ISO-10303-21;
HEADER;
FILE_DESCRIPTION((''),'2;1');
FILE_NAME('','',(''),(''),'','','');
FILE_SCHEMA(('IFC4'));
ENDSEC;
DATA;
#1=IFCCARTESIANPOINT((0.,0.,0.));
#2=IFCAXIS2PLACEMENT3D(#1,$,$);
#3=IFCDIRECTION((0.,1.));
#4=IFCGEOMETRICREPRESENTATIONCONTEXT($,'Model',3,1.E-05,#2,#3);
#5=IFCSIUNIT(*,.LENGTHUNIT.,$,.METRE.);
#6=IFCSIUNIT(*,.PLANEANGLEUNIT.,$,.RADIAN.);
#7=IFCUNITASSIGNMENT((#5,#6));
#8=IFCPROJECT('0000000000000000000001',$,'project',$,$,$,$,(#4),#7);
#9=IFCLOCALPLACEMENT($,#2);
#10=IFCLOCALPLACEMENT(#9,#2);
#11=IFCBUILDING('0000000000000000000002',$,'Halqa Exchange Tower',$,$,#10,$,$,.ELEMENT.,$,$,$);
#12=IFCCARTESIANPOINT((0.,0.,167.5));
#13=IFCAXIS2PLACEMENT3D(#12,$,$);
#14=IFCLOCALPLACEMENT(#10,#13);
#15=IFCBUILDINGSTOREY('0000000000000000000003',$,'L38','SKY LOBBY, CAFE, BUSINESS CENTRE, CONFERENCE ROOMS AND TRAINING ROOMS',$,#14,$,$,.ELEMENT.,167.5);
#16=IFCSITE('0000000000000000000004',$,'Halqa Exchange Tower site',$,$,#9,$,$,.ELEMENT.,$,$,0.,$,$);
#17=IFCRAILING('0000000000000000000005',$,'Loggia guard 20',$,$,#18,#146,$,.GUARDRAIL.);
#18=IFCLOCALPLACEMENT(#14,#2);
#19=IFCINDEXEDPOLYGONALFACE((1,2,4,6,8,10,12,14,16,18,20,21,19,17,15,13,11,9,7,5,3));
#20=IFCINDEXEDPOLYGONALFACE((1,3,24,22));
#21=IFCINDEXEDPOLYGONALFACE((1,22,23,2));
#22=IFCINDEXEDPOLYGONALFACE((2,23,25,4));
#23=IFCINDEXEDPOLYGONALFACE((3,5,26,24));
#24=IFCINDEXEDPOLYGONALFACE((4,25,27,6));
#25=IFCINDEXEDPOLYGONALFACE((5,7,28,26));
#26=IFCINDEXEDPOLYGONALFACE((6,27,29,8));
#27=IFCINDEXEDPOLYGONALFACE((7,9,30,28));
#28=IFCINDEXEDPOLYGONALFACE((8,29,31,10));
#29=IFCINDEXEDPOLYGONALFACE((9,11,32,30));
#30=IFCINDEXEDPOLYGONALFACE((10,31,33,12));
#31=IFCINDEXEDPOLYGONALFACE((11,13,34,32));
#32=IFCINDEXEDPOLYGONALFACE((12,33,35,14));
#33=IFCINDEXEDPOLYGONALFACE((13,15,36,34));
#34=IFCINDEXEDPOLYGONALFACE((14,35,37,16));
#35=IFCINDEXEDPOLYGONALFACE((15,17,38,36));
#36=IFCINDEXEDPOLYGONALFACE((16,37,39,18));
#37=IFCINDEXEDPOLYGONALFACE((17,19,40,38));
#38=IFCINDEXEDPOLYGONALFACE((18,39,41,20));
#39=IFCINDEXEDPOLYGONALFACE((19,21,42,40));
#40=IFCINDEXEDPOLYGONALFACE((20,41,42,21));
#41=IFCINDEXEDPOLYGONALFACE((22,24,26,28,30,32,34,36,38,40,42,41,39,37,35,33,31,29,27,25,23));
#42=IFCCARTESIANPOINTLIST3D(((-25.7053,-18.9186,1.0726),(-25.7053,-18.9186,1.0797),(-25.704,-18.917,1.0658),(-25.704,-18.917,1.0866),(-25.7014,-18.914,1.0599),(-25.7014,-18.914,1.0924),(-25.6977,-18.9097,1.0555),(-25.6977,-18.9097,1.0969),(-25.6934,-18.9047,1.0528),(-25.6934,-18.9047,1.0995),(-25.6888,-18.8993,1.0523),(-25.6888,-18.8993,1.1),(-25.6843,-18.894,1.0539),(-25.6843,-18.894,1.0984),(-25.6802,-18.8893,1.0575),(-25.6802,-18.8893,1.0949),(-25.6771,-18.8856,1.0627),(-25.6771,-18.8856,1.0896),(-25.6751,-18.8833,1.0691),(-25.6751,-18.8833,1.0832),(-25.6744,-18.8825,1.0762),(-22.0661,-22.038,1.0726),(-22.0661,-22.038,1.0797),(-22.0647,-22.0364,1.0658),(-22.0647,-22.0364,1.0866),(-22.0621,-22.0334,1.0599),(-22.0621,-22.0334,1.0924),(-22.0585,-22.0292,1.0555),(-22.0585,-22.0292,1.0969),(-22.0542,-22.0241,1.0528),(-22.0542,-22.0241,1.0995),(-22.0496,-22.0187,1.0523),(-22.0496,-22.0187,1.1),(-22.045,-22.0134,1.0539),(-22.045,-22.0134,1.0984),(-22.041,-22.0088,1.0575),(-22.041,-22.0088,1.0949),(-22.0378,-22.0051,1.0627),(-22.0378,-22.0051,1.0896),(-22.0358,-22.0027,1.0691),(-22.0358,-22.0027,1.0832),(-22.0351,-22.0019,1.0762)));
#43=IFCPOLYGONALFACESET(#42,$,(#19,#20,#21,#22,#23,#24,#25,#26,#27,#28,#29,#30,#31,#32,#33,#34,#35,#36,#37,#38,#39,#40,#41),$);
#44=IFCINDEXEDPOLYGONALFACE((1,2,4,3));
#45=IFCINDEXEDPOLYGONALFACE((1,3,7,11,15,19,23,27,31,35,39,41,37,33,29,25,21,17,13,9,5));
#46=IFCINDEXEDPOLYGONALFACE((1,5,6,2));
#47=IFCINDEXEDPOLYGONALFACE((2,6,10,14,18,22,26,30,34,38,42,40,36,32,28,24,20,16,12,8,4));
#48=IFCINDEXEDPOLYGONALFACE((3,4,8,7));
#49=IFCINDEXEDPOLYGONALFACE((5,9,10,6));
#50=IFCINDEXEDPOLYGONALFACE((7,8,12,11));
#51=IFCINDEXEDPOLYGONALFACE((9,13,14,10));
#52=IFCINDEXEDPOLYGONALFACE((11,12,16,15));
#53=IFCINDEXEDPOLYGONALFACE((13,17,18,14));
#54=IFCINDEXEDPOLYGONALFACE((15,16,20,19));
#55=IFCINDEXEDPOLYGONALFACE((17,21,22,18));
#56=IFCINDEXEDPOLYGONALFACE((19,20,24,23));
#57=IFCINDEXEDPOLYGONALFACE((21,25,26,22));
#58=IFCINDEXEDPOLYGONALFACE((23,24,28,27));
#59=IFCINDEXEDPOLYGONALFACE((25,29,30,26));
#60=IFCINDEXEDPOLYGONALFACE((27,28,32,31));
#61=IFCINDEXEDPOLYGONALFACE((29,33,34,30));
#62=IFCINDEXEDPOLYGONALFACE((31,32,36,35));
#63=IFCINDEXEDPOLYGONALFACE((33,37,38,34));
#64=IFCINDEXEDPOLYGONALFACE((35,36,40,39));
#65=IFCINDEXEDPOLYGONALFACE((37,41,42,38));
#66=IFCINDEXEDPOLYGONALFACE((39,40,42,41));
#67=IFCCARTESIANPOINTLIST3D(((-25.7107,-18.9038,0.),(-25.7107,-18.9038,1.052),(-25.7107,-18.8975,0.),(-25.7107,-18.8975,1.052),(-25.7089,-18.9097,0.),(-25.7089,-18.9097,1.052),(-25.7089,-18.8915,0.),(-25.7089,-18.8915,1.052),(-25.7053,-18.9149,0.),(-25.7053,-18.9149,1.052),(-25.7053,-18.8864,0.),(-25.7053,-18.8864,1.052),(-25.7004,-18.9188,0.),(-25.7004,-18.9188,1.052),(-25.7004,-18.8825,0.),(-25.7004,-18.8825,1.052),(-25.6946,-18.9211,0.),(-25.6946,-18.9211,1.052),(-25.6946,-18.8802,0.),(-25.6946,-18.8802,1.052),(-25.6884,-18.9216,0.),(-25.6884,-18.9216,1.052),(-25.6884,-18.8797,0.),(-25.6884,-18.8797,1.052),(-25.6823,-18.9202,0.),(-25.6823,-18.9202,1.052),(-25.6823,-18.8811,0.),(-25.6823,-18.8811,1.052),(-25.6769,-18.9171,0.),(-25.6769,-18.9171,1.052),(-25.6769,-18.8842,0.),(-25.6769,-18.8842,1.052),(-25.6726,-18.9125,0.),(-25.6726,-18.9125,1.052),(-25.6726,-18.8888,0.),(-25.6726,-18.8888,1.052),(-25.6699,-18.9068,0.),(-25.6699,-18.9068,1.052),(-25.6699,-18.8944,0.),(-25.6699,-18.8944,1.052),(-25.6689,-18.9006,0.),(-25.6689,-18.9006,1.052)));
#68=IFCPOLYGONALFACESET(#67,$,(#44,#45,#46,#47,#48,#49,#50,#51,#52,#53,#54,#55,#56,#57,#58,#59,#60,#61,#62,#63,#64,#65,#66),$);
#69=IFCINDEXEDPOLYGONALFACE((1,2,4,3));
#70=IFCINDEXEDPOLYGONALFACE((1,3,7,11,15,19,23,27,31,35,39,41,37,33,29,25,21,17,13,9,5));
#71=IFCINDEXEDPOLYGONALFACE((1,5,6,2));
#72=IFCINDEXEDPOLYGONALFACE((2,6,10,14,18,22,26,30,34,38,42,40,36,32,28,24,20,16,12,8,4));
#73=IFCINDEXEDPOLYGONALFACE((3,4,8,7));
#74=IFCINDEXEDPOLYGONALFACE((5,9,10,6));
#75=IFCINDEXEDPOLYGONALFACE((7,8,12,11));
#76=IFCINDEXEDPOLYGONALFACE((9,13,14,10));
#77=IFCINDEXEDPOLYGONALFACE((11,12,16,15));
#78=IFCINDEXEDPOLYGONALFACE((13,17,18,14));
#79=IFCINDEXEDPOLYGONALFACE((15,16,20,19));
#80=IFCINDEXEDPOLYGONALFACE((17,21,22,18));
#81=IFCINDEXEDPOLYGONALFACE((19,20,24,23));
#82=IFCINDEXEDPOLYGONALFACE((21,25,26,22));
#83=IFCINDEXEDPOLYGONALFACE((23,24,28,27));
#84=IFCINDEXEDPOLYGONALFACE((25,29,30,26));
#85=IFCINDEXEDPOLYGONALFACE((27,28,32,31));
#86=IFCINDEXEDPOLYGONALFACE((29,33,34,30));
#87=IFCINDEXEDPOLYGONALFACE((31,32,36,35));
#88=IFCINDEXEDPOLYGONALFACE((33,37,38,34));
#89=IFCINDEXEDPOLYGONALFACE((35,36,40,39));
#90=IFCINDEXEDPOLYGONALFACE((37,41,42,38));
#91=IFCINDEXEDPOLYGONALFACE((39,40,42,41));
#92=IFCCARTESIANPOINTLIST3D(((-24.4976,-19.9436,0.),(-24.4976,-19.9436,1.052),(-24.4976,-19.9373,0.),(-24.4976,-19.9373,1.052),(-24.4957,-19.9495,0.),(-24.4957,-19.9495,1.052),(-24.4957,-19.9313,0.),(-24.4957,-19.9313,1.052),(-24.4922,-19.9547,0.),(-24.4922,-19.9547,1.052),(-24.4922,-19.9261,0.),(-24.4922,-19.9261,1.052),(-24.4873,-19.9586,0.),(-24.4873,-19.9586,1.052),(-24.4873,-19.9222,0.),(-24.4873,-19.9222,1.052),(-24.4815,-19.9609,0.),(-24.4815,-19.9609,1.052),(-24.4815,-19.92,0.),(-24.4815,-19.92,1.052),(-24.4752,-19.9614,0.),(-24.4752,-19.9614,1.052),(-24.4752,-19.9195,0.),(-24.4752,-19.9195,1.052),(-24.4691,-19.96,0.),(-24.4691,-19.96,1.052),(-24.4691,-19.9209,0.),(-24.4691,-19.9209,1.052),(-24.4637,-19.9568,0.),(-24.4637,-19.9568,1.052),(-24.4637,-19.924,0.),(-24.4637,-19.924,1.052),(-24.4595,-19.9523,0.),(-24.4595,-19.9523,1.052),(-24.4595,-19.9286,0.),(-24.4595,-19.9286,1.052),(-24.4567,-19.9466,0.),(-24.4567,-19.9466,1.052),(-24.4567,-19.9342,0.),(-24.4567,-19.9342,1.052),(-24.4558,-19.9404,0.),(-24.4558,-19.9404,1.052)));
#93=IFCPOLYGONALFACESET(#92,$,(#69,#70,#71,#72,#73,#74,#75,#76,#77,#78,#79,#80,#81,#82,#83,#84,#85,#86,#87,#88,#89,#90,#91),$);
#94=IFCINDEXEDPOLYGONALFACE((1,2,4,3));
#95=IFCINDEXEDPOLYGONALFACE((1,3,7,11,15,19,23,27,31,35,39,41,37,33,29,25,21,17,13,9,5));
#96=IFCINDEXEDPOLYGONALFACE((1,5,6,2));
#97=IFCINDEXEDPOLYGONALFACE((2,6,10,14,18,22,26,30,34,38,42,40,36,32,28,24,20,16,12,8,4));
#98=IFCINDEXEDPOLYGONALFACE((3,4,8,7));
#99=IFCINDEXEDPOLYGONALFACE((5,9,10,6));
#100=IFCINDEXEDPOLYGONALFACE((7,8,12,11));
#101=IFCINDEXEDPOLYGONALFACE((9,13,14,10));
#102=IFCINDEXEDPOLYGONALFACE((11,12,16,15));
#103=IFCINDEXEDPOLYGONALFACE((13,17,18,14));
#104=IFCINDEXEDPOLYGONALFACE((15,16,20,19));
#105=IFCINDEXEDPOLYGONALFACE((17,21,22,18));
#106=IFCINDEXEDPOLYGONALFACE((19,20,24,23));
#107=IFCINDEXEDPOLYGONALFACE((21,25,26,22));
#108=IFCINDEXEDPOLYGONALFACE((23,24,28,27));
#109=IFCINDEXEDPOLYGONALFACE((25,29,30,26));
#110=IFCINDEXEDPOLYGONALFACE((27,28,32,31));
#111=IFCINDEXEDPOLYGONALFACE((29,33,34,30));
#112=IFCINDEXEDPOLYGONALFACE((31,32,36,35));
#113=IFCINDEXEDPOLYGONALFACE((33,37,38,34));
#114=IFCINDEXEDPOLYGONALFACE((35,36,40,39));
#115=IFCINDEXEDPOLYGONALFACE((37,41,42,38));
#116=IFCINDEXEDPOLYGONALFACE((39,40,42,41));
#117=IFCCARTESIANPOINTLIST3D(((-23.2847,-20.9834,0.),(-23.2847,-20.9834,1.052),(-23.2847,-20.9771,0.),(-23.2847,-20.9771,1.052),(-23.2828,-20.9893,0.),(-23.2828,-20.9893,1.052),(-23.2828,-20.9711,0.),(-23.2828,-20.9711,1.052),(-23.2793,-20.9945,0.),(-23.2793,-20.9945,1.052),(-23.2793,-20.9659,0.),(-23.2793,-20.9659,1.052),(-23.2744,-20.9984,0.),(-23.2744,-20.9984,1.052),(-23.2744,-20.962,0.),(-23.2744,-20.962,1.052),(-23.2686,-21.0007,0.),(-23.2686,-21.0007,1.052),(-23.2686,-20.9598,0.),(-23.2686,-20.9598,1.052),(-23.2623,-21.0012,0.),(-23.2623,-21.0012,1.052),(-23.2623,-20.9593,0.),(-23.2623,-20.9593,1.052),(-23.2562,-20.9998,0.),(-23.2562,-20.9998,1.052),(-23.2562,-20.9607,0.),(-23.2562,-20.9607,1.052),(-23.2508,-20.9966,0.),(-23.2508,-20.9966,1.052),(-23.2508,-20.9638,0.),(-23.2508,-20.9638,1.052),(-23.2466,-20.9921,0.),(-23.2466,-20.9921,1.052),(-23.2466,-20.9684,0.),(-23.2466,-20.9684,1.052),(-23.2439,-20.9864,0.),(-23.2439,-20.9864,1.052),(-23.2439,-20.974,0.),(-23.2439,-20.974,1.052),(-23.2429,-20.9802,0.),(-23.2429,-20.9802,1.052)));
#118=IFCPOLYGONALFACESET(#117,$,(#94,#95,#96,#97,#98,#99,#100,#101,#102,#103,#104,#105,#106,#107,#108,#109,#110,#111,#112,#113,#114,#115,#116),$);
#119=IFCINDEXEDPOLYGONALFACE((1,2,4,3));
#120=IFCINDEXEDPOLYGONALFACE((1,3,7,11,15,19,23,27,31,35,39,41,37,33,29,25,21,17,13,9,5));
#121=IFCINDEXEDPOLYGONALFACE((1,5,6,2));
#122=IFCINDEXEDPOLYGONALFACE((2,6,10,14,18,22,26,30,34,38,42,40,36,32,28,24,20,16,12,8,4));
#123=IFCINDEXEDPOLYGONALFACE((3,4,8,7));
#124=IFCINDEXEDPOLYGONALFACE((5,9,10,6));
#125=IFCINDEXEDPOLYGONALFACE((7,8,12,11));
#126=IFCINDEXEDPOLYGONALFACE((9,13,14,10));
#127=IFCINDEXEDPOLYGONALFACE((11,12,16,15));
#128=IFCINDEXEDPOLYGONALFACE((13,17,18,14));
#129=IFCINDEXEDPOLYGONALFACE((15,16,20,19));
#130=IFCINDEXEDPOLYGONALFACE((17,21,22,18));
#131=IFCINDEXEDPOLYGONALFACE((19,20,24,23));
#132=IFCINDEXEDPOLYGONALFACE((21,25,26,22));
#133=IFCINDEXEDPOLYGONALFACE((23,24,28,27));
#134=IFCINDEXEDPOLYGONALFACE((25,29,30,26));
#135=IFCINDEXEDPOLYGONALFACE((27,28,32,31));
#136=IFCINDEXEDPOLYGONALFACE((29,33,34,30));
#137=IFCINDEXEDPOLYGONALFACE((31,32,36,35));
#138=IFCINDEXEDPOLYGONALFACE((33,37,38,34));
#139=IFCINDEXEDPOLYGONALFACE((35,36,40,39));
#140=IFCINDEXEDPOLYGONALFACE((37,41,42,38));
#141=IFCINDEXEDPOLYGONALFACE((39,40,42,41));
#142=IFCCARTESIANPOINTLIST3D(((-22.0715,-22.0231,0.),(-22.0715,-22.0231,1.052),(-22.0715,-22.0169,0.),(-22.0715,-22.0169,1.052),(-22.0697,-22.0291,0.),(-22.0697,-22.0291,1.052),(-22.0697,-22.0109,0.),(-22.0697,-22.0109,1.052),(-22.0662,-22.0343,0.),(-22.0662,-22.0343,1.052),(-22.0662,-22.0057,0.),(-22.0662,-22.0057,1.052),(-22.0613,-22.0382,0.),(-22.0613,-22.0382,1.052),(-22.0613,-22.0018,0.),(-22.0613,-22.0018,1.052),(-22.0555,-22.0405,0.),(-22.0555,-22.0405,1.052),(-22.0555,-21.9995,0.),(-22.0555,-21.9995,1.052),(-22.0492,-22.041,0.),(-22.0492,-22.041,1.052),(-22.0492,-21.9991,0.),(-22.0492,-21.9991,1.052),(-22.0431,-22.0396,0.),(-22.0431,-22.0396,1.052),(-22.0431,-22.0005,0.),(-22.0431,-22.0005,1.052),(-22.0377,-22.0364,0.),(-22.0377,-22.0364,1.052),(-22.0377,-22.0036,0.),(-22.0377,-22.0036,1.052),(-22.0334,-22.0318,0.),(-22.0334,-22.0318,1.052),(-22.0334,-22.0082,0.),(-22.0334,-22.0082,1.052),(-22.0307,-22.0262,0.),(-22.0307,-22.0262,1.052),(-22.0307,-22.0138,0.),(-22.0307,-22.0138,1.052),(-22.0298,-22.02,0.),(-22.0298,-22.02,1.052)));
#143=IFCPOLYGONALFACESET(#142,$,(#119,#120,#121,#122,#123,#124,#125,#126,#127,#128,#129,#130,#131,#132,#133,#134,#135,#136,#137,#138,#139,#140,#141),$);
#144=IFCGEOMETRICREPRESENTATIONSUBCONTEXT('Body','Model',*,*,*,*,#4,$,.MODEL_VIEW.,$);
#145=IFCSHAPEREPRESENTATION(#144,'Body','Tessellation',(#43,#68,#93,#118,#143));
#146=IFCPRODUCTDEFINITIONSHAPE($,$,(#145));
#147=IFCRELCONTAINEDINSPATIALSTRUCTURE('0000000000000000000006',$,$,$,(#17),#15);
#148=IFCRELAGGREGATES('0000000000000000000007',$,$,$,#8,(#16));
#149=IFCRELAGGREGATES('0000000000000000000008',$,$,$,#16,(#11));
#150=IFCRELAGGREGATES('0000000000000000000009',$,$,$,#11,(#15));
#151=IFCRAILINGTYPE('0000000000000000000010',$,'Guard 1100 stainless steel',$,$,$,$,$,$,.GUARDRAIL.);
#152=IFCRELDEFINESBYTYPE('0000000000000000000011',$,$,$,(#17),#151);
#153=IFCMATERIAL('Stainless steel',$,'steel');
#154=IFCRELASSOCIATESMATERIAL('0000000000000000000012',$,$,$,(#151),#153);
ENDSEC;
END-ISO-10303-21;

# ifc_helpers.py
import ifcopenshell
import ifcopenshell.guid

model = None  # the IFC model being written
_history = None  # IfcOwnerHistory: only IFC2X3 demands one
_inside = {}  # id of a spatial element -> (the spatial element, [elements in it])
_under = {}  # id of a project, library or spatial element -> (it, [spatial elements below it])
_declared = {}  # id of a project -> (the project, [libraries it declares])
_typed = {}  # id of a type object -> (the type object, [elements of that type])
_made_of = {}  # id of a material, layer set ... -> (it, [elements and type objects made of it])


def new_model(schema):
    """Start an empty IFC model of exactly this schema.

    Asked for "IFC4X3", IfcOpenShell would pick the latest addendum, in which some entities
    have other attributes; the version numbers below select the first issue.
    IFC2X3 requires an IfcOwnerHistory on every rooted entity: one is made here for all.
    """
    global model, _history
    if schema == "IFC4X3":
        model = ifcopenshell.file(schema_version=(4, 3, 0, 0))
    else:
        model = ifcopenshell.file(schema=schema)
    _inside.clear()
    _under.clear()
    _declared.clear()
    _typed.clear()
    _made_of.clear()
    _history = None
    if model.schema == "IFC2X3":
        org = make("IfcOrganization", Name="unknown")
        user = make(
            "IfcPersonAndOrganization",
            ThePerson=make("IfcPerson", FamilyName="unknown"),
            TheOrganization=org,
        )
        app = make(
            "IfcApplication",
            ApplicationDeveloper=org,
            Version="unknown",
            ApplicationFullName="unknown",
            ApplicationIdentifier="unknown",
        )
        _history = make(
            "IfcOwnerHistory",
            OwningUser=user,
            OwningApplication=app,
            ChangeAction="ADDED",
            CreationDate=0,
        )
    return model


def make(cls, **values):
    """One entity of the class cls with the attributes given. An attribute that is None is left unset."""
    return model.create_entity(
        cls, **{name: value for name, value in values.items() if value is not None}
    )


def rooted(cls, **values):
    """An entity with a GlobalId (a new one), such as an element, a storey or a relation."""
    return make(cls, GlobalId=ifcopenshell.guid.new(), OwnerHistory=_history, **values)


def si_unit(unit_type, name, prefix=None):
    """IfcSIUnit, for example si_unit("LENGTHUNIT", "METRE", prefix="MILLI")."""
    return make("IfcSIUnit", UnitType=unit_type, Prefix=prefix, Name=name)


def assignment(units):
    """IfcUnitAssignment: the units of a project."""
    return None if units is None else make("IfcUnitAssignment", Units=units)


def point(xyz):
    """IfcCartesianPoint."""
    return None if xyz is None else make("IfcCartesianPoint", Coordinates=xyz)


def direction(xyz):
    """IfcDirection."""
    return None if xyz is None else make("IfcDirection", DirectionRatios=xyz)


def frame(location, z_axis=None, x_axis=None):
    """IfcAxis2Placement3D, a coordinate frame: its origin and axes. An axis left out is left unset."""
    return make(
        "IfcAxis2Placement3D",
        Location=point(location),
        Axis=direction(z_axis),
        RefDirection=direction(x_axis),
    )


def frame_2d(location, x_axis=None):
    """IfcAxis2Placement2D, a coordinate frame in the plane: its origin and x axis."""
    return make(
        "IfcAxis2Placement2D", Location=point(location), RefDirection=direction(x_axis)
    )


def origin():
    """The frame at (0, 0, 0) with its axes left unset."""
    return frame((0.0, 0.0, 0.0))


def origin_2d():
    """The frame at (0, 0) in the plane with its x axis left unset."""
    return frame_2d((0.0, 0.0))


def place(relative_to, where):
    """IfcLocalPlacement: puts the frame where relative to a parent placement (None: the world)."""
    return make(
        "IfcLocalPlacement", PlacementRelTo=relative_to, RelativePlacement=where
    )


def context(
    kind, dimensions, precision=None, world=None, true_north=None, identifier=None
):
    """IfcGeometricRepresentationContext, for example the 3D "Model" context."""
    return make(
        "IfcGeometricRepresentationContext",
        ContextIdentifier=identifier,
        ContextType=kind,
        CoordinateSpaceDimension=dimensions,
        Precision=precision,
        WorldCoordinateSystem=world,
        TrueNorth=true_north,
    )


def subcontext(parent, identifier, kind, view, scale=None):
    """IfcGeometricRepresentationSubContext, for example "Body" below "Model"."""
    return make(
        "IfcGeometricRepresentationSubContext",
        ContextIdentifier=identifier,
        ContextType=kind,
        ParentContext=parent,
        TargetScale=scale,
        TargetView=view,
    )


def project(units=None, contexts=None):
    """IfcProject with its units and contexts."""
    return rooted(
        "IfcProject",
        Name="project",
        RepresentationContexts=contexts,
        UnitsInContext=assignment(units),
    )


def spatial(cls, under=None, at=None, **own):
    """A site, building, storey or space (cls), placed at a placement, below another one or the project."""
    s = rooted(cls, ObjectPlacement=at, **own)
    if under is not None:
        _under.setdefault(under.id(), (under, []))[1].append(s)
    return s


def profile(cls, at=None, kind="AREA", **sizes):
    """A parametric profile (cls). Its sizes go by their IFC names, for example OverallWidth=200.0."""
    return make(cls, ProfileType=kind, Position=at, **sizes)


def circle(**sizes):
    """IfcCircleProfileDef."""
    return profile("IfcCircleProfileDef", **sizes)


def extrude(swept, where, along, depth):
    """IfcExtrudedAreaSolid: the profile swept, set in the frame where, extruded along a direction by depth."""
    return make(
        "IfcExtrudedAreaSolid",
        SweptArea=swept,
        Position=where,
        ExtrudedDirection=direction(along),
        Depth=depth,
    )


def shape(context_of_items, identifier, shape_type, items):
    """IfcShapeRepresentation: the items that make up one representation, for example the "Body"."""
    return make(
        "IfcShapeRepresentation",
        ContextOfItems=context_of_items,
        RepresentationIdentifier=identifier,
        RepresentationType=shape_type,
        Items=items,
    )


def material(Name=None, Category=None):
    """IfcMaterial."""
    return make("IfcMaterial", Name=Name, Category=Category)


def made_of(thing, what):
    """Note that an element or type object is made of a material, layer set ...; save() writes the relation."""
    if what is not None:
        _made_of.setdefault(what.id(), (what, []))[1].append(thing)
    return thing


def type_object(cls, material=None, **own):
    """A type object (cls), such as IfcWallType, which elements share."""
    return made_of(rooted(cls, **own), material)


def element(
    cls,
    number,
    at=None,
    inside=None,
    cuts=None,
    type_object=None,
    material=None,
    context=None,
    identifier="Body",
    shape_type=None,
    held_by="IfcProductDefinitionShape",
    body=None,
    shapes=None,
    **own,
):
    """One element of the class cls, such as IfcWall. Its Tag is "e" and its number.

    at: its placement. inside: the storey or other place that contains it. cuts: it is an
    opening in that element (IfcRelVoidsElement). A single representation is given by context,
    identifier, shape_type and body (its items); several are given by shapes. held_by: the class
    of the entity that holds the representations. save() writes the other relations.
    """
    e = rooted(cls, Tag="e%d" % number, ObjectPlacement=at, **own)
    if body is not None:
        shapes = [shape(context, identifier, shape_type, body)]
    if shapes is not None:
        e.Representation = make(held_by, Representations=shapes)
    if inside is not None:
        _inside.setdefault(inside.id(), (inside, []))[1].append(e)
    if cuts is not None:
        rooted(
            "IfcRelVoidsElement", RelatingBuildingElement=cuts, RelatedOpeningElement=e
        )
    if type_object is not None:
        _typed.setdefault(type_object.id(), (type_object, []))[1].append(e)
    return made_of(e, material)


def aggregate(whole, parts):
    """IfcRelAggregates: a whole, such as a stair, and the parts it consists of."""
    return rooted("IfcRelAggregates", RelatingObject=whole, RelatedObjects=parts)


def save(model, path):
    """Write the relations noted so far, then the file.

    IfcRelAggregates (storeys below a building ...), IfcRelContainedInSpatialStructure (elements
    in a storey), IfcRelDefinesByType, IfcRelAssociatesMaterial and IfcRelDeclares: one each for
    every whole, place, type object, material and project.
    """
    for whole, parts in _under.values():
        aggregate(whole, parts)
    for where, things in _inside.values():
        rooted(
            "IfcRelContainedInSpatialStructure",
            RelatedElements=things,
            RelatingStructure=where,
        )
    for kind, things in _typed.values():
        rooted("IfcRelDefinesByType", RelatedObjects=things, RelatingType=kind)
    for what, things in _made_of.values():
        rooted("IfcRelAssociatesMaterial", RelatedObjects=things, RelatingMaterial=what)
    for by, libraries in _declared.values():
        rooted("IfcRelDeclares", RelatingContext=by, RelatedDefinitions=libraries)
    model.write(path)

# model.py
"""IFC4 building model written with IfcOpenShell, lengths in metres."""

from ifc_helpers import new_model, si_unit, direction, frame, origin, origin_2d, place, context, subcontext, project, spatial, circle, extrude, material, type_object, element, save


model = new_model("IFC4")

# Units and contexts
model_context = context("Model", 3, precision=1e-05, world=origin(), true_north=direction((0.0, 1.0)))
body_context = subcontext(model_context, "Body", "Model", "MODEL_VIEW")
ifc_project = project(units=[si_unit("LENGTHUNIT", "METRE"), si_unit("PLANEANGLEUNIT", "RADIAN")], contexts=[model_context])

# Site, building, storey
site_placement = place(None, origin())
site = spatial("IfcSite", under=ifc_project, at=site_placement, Name="Halqa Exchange Tower site", CompositionType="ELEMENT", RefElevation=0.0)
building_placement = place(site_placement, origin())
building = spatial("IfcBuilding", under=site, at=building_placement, Name="Halqa Exchange Tower", CompositionType="ELEMENT")
storey_placement = place(building_placement, frame((0.0, 0.0, 167.5)))
storey = spatial("IfcBuildingStorey", under=building, at=storey_placement, Name="L38", Description="SKY LOBBY, CAFE, BUSINESS CENTRE, CONFERENCE ROOMS AND TRAINING ROOMS", CompositionType="ELEMENT", Elevation=167.5)

# Railing
ifc_material_1 = material(Name="Stainless steel", Category="steel")
railing_type = type_object("IfcRailingType", Name="Guard 1100 stainless steel", PredefinedType="GUARDRAIL", material=ifc_material_1)
railing_1_placement = place(storey_placement, frame((-25.6899, -18.9006, 0.0)))
element("IfcRailing", 1, at=railing_1_placement, inside=storey, type_object=railing_type, Name="Loggia guard 20", PredefinedType="GUARDRAIL", context=body_context, shape_type="SweptSolid", body=[
    extrude(circle(Radius=0.0239, at=origin_2d()), frame((0.0, 0.0, 1.0762), z_axis=(0.759246, -0.650804, 0.0), x_axis=(0.650804, 0.759246, 0.0)), (0.0, 0.0, 1.0), 4.7932),
    extrude(circle(Radius=0.021, at=origin_2d()), origin(), (0.0, 0.0, 1.0), 1.052),
    extrude(circle(Radius=0.021, at=origin_2d()), frame((1.2131, -1.0398, 0.0)), (0.0, 0.0, 1.0), 1.052),
    extrude(circle(Radius=0.021, at=origin_2d()), frame((2.426, -2.0796, 0.0)), (0.0, 0.0, 1.0), 1.052),
    extrude(circle(Radius=0.021, at=origin_2d()), frame((3.6392, -3.1194, 0.0)), (0.0, 0.0, 1.0), 1.052),
])

save(model, "model.ifc")
